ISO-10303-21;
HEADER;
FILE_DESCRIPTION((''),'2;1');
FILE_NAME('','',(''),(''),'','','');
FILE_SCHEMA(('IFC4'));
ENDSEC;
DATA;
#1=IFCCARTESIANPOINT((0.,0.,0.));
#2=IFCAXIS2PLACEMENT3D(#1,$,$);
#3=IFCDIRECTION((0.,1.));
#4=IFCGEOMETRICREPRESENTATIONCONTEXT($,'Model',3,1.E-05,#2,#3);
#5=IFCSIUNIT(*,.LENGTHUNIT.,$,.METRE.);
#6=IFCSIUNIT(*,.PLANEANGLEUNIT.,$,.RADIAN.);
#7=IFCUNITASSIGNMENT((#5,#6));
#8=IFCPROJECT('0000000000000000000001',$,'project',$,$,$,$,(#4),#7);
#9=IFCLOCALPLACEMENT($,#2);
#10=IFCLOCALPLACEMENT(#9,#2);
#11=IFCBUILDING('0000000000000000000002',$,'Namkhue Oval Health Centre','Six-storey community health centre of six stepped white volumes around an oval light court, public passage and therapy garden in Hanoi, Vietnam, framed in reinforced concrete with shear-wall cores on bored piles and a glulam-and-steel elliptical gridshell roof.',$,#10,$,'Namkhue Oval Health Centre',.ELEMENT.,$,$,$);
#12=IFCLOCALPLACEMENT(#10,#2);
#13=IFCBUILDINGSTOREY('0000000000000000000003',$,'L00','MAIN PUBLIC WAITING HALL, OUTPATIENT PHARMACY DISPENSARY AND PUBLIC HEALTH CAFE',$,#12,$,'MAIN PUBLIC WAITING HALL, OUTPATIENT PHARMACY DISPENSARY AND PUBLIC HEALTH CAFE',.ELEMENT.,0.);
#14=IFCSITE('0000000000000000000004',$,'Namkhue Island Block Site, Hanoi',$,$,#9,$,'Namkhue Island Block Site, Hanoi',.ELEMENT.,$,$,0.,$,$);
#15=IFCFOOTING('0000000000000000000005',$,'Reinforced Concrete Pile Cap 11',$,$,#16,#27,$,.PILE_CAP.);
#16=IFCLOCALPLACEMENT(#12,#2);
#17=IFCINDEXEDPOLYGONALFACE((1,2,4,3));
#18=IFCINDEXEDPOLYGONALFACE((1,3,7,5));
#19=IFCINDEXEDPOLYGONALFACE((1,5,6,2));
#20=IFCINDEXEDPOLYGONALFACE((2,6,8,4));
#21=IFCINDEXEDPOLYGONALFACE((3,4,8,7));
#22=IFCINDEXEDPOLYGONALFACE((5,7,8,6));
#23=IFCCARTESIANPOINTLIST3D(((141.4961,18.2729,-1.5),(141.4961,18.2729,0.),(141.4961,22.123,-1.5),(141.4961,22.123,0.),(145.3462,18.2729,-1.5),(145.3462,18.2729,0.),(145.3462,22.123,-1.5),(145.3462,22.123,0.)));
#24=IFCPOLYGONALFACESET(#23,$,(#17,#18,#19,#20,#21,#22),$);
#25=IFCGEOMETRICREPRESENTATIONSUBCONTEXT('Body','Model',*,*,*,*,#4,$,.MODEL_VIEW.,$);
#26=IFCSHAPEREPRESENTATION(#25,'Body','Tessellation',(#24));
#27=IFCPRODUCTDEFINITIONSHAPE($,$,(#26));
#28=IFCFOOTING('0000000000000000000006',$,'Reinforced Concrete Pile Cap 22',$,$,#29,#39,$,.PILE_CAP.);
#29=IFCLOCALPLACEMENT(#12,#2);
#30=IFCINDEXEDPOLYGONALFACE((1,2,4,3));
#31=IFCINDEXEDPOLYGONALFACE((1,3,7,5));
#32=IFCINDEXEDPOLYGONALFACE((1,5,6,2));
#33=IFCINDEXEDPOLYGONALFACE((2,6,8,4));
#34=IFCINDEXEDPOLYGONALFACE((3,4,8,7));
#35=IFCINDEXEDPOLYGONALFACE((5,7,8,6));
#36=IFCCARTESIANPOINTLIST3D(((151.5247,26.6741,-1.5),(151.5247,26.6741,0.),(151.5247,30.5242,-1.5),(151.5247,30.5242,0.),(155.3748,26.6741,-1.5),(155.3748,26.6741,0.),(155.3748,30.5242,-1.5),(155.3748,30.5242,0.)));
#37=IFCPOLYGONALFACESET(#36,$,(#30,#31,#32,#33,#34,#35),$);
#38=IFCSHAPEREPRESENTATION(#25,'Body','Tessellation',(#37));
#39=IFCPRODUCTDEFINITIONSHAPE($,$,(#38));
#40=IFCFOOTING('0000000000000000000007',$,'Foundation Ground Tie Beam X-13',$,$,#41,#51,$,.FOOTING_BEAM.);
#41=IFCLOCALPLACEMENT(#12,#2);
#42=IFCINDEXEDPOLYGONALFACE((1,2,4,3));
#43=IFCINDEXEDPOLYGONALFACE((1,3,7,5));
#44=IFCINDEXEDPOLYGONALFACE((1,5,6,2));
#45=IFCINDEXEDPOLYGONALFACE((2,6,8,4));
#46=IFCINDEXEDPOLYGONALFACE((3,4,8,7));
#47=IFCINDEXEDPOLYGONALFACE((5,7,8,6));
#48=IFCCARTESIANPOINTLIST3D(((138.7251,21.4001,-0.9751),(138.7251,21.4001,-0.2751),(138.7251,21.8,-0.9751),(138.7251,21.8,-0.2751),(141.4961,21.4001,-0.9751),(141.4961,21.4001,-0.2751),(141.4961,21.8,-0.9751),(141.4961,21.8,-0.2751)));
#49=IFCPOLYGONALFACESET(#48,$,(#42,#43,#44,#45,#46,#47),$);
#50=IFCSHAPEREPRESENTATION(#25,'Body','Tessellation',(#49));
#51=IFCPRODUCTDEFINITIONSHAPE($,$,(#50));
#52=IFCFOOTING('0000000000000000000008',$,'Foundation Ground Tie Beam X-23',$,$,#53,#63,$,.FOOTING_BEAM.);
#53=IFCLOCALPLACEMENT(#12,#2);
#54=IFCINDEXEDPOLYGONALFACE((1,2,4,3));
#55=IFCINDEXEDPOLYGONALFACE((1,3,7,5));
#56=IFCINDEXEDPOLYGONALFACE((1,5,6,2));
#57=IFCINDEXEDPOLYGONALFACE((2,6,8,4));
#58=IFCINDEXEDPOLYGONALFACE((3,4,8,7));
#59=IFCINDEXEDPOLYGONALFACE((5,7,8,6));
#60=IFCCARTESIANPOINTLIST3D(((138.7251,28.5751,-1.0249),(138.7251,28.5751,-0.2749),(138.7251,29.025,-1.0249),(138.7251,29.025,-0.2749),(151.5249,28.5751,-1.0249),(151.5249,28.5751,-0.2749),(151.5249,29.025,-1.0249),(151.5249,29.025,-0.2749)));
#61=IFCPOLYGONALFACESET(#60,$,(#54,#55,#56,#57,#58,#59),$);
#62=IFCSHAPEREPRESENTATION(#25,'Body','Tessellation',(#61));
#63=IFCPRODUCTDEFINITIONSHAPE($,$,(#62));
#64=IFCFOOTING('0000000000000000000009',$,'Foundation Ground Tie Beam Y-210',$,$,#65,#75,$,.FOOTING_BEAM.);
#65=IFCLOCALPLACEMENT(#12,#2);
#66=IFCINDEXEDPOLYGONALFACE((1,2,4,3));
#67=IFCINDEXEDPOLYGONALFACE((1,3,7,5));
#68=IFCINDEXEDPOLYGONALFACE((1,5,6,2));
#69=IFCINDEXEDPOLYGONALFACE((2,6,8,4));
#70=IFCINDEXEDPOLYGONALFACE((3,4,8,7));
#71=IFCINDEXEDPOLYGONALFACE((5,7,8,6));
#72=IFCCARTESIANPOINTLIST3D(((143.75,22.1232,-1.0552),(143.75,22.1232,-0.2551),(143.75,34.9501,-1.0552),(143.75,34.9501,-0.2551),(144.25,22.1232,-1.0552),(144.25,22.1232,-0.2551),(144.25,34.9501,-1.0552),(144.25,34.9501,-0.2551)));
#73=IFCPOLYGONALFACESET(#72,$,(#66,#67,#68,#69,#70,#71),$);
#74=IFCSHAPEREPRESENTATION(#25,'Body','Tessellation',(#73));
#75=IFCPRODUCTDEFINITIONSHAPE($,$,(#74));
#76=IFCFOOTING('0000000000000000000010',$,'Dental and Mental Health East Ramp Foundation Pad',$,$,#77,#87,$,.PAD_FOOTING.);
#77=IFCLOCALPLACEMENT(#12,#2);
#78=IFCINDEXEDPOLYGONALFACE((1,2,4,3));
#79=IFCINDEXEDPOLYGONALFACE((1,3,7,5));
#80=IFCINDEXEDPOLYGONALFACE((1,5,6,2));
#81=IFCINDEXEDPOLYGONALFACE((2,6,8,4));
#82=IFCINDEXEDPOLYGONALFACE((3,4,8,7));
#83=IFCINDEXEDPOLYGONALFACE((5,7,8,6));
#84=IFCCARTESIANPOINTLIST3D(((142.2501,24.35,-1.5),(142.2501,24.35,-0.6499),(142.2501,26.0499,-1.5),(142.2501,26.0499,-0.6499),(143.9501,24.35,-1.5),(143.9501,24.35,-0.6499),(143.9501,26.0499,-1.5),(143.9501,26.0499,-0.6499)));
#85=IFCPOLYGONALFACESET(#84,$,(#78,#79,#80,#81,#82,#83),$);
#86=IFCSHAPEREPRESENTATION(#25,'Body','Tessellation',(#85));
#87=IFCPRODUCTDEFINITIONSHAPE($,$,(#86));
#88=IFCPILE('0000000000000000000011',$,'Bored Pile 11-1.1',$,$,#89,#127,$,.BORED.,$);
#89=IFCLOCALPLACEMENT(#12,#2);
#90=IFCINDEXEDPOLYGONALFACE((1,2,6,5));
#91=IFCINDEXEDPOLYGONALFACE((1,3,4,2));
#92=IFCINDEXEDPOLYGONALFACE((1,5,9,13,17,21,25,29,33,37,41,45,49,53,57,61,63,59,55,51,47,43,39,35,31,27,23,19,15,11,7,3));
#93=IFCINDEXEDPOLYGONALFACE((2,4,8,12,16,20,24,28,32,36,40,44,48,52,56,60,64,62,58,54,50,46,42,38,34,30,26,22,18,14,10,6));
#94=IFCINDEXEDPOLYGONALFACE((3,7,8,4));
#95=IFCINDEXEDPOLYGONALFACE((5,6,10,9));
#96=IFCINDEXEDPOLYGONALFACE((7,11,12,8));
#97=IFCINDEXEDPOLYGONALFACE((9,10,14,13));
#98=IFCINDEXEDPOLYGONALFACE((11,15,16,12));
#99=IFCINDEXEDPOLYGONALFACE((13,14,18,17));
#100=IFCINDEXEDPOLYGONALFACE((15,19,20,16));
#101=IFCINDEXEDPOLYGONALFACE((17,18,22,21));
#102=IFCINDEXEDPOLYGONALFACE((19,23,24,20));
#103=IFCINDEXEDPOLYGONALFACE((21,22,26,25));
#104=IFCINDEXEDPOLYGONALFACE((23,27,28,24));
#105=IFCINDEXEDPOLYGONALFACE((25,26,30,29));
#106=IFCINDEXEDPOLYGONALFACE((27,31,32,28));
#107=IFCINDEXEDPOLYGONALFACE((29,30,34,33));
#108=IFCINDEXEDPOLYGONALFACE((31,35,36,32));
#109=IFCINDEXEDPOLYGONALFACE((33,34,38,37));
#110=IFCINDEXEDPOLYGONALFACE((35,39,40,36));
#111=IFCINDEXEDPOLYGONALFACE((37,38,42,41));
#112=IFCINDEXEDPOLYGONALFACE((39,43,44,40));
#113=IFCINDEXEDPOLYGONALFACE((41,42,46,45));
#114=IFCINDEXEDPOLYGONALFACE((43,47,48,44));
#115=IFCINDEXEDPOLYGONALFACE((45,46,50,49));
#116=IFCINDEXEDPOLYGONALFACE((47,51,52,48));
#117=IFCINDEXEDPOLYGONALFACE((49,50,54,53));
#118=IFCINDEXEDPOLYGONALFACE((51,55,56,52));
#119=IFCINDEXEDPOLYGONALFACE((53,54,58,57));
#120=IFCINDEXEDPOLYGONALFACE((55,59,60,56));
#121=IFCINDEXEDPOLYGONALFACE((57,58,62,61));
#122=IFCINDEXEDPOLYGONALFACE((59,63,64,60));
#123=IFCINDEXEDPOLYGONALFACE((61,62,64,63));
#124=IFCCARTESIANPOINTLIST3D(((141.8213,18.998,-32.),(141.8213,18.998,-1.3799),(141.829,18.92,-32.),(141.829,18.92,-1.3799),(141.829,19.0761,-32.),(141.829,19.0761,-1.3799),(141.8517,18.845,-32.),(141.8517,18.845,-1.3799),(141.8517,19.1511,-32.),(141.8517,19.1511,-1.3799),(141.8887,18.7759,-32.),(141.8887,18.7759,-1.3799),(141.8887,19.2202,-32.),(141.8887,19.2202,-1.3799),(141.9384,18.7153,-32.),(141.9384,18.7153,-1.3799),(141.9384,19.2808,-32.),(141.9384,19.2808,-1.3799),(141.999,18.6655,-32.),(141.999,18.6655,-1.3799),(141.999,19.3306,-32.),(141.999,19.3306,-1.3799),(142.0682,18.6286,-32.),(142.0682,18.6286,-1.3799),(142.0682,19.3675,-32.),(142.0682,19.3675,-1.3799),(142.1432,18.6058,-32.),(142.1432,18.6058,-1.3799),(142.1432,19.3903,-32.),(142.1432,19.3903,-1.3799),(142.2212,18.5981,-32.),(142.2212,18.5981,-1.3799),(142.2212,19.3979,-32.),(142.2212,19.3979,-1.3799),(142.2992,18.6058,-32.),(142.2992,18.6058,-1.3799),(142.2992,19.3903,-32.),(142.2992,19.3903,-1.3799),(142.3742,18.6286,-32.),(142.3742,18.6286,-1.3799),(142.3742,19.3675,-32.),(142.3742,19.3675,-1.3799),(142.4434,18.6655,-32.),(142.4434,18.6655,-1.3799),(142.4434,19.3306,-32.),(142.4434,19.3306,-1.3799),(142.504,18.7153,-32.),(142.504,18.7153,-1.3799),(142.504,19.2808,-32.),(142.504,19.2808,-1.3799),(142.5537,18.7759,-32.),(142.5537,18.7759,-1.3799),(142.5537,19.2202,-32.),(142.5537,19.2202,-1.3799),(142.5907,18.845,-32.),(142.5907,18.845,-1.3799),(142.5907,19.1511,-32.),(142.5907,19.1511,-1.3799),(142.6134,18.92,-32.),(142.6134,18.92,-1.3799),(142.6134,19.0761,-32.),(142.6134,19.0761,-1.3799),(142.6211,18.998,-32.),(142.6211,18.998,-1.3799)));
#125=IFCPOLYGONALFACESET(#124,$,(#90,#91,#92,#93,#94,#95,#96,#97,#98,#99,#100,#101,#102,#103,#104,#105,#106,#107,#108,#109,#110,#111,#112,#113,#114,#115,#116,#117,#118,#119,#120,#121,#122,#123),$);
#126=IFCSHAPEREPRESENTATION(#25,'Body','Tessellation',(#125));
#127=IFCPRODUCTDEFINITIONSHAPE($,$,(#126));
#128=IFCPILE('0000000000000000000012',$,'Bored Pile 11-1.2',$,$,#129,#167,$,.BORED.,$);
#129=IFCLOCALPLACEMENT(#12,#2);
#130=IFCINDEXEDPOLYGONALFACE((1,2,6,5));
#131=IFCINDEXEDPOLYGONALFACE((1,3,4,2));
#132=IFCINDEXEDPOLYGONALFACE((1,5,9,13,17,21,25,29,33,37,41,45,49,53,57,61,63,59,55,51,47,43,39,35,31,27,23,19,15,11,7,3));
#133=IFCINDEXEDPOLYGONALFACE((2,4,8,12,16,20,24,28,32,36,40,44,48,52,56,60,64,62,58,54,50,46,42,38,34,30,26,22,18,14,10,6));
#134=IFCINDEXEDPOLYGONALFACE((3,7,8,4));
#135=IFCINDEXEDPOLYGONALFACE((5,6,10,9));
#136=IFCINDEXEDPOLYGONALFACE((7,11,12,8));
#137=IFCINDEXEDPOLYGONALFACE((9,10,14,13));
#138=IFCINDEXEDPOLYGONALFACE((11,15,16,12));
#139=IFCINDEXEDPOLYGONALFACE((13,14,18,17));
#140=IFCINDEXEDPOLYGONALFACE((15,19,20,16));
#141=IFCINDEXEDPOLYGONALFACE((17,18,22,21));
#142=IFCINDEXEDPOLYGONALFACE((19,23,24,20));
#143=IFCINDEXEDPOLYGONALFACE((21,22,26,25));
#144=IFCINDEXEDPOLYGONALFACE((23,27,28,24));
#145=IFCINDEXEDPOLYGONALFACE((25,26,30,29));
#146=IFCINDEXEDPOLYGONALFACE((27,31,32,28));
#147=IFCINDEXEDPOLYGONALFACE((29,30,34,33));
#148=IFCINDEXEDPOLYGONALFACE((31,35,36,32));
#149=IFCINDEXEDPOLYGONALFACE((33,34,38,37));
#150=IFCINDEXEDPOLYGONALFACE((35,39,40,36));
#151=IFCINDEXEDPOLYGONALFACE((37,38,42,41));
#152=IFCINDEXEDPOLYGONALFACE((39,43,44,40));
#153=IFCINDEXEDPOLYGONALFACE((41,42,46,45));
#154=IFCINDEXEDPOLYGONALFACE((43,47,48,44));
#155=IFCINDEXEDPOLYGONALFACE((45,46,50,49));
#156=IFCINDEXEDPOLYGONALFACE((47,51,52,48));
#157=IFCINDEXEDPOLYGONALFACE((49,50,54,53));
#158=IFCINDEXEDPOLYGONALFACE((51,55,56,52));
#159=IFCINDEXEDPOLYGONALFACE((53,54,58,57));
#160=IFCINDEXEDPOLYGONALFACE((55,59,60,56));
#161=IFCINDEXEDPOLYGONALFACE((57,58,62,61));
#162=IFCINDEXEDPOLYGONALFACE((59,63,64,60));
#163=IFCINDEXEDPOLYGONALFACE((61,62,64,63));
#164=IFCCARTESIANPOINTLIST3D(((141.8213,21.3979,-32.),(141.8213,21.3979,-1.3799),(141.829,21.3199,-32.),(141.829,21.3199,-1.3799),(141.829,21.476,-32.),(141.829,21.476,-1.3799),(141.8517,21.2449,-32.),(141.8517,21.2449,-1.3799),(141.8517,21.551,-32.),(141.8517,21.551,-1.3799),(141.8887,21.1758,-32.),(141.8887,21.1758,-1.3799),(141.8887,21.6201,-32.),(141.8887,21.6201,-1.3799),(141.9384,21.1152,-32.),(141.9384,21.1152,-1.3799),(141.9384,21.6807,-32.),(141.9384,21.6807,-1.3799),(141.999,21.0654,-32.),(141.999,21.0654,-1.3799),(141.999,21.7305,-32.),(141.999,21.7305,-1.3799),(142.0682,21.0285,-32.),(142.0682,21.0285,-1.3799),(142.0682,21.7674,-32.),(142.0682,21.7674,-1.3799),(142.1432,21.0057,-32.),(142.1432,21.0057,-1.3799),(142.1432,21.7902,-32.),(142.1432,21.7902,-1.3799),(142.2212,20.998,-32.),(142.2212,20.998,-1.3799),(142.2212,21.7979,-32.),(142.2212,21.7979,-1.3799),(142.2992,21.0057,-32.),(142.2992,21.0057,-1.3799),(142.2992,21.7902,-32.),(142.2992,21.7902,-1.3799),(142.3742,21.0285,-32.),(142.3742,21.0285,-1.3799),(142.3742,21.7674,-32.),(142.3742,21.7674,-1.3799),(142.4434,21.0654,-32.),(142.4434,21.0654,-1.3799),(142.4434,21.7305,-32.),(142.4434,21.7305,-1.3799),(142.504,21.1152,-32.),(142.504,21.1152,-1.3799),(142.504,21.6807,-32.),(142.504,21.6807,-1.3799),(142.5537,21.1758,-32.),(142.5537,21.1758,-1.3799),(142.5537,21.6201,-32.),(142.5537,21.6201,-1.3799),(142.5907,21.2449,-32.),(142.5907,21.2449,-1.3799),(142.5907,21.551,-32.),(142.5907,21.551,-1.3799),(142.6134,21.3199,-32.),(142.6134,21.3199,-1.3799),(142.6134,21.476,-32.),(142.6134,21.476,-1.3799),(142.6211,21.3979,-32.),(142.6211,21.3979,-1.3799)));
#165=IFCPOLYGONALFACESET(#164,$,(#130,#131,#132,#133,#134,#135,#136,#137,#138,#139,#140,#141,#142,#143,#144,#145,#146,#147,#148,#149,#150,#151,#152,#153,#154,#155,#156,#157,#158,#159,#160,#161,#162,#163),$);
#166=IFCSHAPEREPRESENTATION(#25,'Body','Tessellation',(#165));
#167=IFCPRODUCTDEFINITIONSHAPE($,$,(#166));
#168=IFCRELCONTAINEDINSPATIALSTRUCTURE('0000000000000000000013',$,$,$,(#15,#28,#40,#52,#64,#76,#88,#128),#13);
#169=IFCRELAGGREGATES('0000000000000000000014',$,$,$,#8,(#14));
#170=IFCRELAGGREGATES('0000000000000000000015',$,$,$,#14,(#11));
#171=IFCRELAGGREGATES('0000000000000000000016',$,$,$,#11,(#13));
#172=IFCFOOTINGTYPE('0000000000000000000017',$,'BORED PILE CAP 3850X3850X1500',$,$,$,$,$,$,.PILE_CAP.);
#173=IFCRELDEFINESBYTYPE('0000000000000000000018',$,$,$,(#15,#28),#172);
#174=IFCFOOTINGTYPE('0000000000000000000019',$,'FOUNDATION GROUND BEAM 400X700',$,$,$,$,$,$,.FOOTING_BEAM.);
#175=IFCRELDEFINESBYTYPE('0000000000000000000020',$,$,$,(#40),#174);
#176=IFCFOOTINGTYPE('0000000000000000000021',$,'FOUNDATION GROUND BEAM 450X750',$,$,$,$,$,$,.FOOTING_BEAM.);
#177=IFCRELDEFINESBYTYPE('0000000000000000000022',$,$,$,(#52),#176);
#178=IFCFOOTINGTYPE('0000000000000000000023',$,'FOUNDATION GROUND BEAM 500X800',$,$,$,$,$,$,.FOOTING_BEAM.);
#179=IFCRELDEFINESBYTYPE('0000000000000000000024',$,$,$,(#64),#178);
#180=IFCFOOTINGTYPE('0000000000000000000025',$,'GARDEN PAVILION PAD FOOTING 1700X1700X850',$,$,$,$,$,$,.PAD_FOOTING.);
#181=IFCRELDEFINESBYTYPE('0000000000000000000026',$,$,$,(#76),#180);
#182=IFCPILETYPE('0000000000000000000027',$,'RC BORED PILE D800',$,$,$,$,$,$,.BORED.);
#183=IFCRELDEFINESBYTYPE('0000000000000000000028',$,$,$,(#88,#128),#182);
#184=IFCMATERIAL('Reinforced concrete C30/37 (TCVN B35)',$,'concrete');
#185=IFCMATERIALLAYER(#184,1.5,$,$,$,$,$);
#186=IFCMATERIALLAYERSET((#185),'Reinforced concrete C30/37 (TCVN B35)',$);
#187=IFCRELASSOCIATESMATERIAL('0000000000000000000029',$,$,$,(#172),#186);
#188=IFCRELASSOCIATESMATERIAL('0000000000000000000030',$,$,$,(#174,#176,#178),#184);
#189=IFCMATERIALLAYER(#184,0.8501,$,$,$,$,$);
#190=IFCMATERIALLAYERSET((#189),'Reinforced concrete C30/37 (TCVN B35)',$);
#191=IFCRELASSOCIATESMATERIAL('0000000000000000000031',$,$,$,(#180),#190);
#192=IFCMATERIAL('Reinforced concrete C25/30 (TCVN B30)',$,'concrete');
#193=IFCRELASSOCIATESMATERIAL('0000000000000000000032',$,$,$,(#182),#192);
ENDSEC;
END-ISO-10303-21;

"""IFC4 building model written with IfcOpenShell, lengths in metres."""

from ifc_helpers import new_model, si_unit, direction, frame, origin, origin_2d, place, context, subcontext, project, spatial, rectangle, circle, extrude, material, layer, layer_set, material_profile, profile_set, type_object, element, save


model = new_model("IFC4")

# Units and contexts
model_context = context("Model", 3, precision=1e-05, world=origin(), true_north=direction((0.0, 1.0)))
body_context = subcontext(model_context, "Body", "Model", "MODEL_VIEW")
ifc_project = project(units=[si_unit("LENGTHUNIT", "METRE"), si_unit("PLANEANGLEUNIT", "RADIAN")], contexts=[model_context])

# Site, building, storey
site_placement = place(None, origin())
site = spatial("IfcSite", under=ifc_project, at=site_placement, Name="Namkhue Island Block Site, Hanoi", LongName="Namkhue Island Block Site, Hanoi", CompositionType="ELEMENT", RefElevation=0.0)
building_placement = place(site_placement, origin())
building = spatial("IfcBuilding", under=site, at=building_placement, Name="Namkhue Oval Health Centre", Description="Six-storey community health centre of six stepped white volumes around an oval light court, public passage and therapy garden in Hanoi, Vietnam, framed in reinforced concrete with shear-wall cores on bored piles and a glulam-and-steel elliptical gridshell roof.", LongName="Namkhue Oval Health Centre", CompositionType="ELEMENT")
storey_placement = place(building_placement, origin())
storey = spatial("IfcBuildingStorey", under=building, at=storey_placement, Name="L00", Description="MAIN PUBLIC WAITING HALL, OUTPATIENT PHARMACY DISPENSARY AND PUBLIC HEALTH CAFE", LongName="MAIN PUBLIC WAITING HALL, OUTPATIENT PHARMACY DISPENSARY AND PUBLIC HEALTH CAFE", CompositionType="ELEMENT", Elevation=0.0)

# Footings
ifc_material_1 = material(Name="Reinforced concrete C30/37 (TCVN B35)", Category="concrete")
ifc_layer_1 = layer(ifc_material_1, 1.5)
ifc_layer_set_1 = layer_set([ifc_layer_1], Name="Reinforced concrete C30/37 (TCVN B35)")
footing_type_1 = type_object("IfcFootingType", Name="BORED PILE CAP 3850X3850X1500", PredefinedType="PILE_CAP", material=ifc_layer_set_1)
for number, where, z_axis, x_axis, name in (
    (1, (143.4211, 20.198, -1.5), (0.0, 0.0, 1.0), (1.0, 0.0, 0.0), "Reinforced Concrete Pile Cap 11"),
    (2, (153.4497, 28.5991, -1.5), (0.0, 0.0, 1.0), (1.0, 0.0, 0.0), "Reinforced Concrete Pile Cap 22"),
):
    element("IfcFooting", number, at=place(storey_placement, frame(where, z_axis=z_axis, x_axis=x_axis)), inside=storey, type_object=footing_type_1, Name=name, PredefinedType="PILE_CAP", context=body_context, shape_type="SweptSolid", body=[
        extrude(rectangle(XDim=3.8501, YDim=3.8501, at=origin_2d()), origin(), (0.0, 0.0, 1.0), 1.5),
    ])
footing_type_2 = type_object("IfcFootingType", Name="FOUNDATION GROUND BEAM 400X700", PredefinedType="FOOTING_BEAM", material=ifc_material_1)
footing_1_placement = place(storey_placement, frame((140.1106, 21.6001, -0.9751), z_axis=(0.0, 0.0, 1.0), x_axis=(1.0, 0.0, 0.0)))
element("IfcFooting", 3, at=footing_1_placement, inside=storey, type_object=footing_type_2, Name="Foundation Ground Tie Beam X-13", PredefinedType="FOOTING_BEAM", context=body_context, shape_type="SweptSolid", body=[
    extrude(rectangle(XDim=2.771, YDim=0.3999, at=origin_2d()), origin(), (0.0, 0.0, 1.0), 0.7),
])
footing_type_3 = type_object("IfcFootingType", Name="FOUNDATION GROUND BEAM 450X750", PredefinedType="FOOTING_BEAM", material=ifc_material_1)
footing_2_placement = place(storey_placement, frame((145.125, 28.8, -1.0249), z_axis=(0.0, 0.0, 1.0), x_axis=(1.0, 0.0, 0.0)))
element("IfcFooting", 4, at=footing_2_placement, inside=storey, type_object=footing_type_3, Name="Foundation Ground Tie Beam X-23", PredefinedType="FOOTING_BEAM", context=body_context, shape_type="SweptSolid", body=[
    extrude(rectangle(XDim=12.7998, YDim=0.45, at=origin_2d()), origin(), (0.0, 0.0, 1.0), 0.75),
])
footing_type_4 = type_object("IfcFootingType", Name="FOUNDATION GROUND BEAM 500X800", PredefinedType="FOOTING_BEAM", material=ifc_material_1)
footing_3_placement = place(storey_placement, frame((144.0, 28.5366, -1.0552), z_axis=(0.0, 0.0, 1.0), x_axis=(0.0, 1.0, 0.0)))
element("IfcFooting", 5, at=footing_3_placement, inside=storey, type_object=footing_type_4, Name="Foundation Ground Tie Beam Y-210", PredefinedType="FOOTING_BEAM", context=body_context, shape_type="SweptSolid", body=[
    extrude(rectangle(XDim=12.8269, YDim=0.5, at=origin_2d()), origin(), (0.0, 0.0, 1.0), 0.8),
])
ifc_layer_2 = layer(ifc_material_1, 0.8501)
ifc_layer_set_2 = layer_set([ifc_layer_2], Name="Reinforced concrete C30/37 (TCVN B35)")
footing_type_5 = type_object("IfcFootingType", Name="GARDEN PAVILION PAD FOOTING 1700X1700X850", PredefinedType="PAD_FOOTING", material=ifc_layer_set_2)
footing_4_placement = place(storey_placement, frame((143.1001, 25.2, -1.5), z_axis=(0.0, 0.0, 1.0), x_axis=(-1.0, 0.0, 0.0)))
element("IfcFooting", 6, at=footing_4_placement, inside=storey, type_object=footing_type_5, Name="Dental and Mental Health East Ramp Foundation Pad", PredefinedType="PAD_FOOTING", context=body_context, shape_type="SweptSolid", body=[
    extrude(rectangle(XDim=1.7, YDim=1.7, at=origin_2d()), origin(), (0.0, 0.0, 1.0), 0.8501),
])

# Piles
ifc_material_2 = material(Name="Reinforced concrete C25/30 (TCVN B30)", Category="concrete")
ifc_material_profile_1 = material_profile(ifc_material_2, circle(Radius=0.3999, at=origin_2d()), Name="BORED PILE D800")
ifc_profile_set_1 = profile_set([ifc_material_profile_1], Name="Reinforced concrete C25/30 (TCVN B30)")
pile_type = type_object("IfcPileType", Name="RC BORED PILE D800", PredefinedType="BORED", material=ifc_profile_set_1)
for number, where, z_axis, x_axis, name in (
    (7, (142.2212, 18.998, -1.3799), (0.0, 0.0, -1.0), (1.0, 0.0, 0.0), "Bored Pile 11-1.1"),
    (8, (142.2212, 21.3979, -1.3799), (0.0, 0.0, -1.0), (1.0, 0.0, 0.0), "Bored Pile 11-1.2"),
):
    element("IfcPile", number, at=place(storey_placement, frame(where, z_axis=z_axis, x_axis=x_axis)), inside=storey, type_object=pile_type, Name=name, PredefinedType="BORED", context=body_context, shape_type="SweptSolid", body=[
        extrude(circle(Radius=0.3999, at=origin_2d()), origin(), (0.0, 0.0, 1.0), 30.6201),
    ])

save(model, "model.ifc")
